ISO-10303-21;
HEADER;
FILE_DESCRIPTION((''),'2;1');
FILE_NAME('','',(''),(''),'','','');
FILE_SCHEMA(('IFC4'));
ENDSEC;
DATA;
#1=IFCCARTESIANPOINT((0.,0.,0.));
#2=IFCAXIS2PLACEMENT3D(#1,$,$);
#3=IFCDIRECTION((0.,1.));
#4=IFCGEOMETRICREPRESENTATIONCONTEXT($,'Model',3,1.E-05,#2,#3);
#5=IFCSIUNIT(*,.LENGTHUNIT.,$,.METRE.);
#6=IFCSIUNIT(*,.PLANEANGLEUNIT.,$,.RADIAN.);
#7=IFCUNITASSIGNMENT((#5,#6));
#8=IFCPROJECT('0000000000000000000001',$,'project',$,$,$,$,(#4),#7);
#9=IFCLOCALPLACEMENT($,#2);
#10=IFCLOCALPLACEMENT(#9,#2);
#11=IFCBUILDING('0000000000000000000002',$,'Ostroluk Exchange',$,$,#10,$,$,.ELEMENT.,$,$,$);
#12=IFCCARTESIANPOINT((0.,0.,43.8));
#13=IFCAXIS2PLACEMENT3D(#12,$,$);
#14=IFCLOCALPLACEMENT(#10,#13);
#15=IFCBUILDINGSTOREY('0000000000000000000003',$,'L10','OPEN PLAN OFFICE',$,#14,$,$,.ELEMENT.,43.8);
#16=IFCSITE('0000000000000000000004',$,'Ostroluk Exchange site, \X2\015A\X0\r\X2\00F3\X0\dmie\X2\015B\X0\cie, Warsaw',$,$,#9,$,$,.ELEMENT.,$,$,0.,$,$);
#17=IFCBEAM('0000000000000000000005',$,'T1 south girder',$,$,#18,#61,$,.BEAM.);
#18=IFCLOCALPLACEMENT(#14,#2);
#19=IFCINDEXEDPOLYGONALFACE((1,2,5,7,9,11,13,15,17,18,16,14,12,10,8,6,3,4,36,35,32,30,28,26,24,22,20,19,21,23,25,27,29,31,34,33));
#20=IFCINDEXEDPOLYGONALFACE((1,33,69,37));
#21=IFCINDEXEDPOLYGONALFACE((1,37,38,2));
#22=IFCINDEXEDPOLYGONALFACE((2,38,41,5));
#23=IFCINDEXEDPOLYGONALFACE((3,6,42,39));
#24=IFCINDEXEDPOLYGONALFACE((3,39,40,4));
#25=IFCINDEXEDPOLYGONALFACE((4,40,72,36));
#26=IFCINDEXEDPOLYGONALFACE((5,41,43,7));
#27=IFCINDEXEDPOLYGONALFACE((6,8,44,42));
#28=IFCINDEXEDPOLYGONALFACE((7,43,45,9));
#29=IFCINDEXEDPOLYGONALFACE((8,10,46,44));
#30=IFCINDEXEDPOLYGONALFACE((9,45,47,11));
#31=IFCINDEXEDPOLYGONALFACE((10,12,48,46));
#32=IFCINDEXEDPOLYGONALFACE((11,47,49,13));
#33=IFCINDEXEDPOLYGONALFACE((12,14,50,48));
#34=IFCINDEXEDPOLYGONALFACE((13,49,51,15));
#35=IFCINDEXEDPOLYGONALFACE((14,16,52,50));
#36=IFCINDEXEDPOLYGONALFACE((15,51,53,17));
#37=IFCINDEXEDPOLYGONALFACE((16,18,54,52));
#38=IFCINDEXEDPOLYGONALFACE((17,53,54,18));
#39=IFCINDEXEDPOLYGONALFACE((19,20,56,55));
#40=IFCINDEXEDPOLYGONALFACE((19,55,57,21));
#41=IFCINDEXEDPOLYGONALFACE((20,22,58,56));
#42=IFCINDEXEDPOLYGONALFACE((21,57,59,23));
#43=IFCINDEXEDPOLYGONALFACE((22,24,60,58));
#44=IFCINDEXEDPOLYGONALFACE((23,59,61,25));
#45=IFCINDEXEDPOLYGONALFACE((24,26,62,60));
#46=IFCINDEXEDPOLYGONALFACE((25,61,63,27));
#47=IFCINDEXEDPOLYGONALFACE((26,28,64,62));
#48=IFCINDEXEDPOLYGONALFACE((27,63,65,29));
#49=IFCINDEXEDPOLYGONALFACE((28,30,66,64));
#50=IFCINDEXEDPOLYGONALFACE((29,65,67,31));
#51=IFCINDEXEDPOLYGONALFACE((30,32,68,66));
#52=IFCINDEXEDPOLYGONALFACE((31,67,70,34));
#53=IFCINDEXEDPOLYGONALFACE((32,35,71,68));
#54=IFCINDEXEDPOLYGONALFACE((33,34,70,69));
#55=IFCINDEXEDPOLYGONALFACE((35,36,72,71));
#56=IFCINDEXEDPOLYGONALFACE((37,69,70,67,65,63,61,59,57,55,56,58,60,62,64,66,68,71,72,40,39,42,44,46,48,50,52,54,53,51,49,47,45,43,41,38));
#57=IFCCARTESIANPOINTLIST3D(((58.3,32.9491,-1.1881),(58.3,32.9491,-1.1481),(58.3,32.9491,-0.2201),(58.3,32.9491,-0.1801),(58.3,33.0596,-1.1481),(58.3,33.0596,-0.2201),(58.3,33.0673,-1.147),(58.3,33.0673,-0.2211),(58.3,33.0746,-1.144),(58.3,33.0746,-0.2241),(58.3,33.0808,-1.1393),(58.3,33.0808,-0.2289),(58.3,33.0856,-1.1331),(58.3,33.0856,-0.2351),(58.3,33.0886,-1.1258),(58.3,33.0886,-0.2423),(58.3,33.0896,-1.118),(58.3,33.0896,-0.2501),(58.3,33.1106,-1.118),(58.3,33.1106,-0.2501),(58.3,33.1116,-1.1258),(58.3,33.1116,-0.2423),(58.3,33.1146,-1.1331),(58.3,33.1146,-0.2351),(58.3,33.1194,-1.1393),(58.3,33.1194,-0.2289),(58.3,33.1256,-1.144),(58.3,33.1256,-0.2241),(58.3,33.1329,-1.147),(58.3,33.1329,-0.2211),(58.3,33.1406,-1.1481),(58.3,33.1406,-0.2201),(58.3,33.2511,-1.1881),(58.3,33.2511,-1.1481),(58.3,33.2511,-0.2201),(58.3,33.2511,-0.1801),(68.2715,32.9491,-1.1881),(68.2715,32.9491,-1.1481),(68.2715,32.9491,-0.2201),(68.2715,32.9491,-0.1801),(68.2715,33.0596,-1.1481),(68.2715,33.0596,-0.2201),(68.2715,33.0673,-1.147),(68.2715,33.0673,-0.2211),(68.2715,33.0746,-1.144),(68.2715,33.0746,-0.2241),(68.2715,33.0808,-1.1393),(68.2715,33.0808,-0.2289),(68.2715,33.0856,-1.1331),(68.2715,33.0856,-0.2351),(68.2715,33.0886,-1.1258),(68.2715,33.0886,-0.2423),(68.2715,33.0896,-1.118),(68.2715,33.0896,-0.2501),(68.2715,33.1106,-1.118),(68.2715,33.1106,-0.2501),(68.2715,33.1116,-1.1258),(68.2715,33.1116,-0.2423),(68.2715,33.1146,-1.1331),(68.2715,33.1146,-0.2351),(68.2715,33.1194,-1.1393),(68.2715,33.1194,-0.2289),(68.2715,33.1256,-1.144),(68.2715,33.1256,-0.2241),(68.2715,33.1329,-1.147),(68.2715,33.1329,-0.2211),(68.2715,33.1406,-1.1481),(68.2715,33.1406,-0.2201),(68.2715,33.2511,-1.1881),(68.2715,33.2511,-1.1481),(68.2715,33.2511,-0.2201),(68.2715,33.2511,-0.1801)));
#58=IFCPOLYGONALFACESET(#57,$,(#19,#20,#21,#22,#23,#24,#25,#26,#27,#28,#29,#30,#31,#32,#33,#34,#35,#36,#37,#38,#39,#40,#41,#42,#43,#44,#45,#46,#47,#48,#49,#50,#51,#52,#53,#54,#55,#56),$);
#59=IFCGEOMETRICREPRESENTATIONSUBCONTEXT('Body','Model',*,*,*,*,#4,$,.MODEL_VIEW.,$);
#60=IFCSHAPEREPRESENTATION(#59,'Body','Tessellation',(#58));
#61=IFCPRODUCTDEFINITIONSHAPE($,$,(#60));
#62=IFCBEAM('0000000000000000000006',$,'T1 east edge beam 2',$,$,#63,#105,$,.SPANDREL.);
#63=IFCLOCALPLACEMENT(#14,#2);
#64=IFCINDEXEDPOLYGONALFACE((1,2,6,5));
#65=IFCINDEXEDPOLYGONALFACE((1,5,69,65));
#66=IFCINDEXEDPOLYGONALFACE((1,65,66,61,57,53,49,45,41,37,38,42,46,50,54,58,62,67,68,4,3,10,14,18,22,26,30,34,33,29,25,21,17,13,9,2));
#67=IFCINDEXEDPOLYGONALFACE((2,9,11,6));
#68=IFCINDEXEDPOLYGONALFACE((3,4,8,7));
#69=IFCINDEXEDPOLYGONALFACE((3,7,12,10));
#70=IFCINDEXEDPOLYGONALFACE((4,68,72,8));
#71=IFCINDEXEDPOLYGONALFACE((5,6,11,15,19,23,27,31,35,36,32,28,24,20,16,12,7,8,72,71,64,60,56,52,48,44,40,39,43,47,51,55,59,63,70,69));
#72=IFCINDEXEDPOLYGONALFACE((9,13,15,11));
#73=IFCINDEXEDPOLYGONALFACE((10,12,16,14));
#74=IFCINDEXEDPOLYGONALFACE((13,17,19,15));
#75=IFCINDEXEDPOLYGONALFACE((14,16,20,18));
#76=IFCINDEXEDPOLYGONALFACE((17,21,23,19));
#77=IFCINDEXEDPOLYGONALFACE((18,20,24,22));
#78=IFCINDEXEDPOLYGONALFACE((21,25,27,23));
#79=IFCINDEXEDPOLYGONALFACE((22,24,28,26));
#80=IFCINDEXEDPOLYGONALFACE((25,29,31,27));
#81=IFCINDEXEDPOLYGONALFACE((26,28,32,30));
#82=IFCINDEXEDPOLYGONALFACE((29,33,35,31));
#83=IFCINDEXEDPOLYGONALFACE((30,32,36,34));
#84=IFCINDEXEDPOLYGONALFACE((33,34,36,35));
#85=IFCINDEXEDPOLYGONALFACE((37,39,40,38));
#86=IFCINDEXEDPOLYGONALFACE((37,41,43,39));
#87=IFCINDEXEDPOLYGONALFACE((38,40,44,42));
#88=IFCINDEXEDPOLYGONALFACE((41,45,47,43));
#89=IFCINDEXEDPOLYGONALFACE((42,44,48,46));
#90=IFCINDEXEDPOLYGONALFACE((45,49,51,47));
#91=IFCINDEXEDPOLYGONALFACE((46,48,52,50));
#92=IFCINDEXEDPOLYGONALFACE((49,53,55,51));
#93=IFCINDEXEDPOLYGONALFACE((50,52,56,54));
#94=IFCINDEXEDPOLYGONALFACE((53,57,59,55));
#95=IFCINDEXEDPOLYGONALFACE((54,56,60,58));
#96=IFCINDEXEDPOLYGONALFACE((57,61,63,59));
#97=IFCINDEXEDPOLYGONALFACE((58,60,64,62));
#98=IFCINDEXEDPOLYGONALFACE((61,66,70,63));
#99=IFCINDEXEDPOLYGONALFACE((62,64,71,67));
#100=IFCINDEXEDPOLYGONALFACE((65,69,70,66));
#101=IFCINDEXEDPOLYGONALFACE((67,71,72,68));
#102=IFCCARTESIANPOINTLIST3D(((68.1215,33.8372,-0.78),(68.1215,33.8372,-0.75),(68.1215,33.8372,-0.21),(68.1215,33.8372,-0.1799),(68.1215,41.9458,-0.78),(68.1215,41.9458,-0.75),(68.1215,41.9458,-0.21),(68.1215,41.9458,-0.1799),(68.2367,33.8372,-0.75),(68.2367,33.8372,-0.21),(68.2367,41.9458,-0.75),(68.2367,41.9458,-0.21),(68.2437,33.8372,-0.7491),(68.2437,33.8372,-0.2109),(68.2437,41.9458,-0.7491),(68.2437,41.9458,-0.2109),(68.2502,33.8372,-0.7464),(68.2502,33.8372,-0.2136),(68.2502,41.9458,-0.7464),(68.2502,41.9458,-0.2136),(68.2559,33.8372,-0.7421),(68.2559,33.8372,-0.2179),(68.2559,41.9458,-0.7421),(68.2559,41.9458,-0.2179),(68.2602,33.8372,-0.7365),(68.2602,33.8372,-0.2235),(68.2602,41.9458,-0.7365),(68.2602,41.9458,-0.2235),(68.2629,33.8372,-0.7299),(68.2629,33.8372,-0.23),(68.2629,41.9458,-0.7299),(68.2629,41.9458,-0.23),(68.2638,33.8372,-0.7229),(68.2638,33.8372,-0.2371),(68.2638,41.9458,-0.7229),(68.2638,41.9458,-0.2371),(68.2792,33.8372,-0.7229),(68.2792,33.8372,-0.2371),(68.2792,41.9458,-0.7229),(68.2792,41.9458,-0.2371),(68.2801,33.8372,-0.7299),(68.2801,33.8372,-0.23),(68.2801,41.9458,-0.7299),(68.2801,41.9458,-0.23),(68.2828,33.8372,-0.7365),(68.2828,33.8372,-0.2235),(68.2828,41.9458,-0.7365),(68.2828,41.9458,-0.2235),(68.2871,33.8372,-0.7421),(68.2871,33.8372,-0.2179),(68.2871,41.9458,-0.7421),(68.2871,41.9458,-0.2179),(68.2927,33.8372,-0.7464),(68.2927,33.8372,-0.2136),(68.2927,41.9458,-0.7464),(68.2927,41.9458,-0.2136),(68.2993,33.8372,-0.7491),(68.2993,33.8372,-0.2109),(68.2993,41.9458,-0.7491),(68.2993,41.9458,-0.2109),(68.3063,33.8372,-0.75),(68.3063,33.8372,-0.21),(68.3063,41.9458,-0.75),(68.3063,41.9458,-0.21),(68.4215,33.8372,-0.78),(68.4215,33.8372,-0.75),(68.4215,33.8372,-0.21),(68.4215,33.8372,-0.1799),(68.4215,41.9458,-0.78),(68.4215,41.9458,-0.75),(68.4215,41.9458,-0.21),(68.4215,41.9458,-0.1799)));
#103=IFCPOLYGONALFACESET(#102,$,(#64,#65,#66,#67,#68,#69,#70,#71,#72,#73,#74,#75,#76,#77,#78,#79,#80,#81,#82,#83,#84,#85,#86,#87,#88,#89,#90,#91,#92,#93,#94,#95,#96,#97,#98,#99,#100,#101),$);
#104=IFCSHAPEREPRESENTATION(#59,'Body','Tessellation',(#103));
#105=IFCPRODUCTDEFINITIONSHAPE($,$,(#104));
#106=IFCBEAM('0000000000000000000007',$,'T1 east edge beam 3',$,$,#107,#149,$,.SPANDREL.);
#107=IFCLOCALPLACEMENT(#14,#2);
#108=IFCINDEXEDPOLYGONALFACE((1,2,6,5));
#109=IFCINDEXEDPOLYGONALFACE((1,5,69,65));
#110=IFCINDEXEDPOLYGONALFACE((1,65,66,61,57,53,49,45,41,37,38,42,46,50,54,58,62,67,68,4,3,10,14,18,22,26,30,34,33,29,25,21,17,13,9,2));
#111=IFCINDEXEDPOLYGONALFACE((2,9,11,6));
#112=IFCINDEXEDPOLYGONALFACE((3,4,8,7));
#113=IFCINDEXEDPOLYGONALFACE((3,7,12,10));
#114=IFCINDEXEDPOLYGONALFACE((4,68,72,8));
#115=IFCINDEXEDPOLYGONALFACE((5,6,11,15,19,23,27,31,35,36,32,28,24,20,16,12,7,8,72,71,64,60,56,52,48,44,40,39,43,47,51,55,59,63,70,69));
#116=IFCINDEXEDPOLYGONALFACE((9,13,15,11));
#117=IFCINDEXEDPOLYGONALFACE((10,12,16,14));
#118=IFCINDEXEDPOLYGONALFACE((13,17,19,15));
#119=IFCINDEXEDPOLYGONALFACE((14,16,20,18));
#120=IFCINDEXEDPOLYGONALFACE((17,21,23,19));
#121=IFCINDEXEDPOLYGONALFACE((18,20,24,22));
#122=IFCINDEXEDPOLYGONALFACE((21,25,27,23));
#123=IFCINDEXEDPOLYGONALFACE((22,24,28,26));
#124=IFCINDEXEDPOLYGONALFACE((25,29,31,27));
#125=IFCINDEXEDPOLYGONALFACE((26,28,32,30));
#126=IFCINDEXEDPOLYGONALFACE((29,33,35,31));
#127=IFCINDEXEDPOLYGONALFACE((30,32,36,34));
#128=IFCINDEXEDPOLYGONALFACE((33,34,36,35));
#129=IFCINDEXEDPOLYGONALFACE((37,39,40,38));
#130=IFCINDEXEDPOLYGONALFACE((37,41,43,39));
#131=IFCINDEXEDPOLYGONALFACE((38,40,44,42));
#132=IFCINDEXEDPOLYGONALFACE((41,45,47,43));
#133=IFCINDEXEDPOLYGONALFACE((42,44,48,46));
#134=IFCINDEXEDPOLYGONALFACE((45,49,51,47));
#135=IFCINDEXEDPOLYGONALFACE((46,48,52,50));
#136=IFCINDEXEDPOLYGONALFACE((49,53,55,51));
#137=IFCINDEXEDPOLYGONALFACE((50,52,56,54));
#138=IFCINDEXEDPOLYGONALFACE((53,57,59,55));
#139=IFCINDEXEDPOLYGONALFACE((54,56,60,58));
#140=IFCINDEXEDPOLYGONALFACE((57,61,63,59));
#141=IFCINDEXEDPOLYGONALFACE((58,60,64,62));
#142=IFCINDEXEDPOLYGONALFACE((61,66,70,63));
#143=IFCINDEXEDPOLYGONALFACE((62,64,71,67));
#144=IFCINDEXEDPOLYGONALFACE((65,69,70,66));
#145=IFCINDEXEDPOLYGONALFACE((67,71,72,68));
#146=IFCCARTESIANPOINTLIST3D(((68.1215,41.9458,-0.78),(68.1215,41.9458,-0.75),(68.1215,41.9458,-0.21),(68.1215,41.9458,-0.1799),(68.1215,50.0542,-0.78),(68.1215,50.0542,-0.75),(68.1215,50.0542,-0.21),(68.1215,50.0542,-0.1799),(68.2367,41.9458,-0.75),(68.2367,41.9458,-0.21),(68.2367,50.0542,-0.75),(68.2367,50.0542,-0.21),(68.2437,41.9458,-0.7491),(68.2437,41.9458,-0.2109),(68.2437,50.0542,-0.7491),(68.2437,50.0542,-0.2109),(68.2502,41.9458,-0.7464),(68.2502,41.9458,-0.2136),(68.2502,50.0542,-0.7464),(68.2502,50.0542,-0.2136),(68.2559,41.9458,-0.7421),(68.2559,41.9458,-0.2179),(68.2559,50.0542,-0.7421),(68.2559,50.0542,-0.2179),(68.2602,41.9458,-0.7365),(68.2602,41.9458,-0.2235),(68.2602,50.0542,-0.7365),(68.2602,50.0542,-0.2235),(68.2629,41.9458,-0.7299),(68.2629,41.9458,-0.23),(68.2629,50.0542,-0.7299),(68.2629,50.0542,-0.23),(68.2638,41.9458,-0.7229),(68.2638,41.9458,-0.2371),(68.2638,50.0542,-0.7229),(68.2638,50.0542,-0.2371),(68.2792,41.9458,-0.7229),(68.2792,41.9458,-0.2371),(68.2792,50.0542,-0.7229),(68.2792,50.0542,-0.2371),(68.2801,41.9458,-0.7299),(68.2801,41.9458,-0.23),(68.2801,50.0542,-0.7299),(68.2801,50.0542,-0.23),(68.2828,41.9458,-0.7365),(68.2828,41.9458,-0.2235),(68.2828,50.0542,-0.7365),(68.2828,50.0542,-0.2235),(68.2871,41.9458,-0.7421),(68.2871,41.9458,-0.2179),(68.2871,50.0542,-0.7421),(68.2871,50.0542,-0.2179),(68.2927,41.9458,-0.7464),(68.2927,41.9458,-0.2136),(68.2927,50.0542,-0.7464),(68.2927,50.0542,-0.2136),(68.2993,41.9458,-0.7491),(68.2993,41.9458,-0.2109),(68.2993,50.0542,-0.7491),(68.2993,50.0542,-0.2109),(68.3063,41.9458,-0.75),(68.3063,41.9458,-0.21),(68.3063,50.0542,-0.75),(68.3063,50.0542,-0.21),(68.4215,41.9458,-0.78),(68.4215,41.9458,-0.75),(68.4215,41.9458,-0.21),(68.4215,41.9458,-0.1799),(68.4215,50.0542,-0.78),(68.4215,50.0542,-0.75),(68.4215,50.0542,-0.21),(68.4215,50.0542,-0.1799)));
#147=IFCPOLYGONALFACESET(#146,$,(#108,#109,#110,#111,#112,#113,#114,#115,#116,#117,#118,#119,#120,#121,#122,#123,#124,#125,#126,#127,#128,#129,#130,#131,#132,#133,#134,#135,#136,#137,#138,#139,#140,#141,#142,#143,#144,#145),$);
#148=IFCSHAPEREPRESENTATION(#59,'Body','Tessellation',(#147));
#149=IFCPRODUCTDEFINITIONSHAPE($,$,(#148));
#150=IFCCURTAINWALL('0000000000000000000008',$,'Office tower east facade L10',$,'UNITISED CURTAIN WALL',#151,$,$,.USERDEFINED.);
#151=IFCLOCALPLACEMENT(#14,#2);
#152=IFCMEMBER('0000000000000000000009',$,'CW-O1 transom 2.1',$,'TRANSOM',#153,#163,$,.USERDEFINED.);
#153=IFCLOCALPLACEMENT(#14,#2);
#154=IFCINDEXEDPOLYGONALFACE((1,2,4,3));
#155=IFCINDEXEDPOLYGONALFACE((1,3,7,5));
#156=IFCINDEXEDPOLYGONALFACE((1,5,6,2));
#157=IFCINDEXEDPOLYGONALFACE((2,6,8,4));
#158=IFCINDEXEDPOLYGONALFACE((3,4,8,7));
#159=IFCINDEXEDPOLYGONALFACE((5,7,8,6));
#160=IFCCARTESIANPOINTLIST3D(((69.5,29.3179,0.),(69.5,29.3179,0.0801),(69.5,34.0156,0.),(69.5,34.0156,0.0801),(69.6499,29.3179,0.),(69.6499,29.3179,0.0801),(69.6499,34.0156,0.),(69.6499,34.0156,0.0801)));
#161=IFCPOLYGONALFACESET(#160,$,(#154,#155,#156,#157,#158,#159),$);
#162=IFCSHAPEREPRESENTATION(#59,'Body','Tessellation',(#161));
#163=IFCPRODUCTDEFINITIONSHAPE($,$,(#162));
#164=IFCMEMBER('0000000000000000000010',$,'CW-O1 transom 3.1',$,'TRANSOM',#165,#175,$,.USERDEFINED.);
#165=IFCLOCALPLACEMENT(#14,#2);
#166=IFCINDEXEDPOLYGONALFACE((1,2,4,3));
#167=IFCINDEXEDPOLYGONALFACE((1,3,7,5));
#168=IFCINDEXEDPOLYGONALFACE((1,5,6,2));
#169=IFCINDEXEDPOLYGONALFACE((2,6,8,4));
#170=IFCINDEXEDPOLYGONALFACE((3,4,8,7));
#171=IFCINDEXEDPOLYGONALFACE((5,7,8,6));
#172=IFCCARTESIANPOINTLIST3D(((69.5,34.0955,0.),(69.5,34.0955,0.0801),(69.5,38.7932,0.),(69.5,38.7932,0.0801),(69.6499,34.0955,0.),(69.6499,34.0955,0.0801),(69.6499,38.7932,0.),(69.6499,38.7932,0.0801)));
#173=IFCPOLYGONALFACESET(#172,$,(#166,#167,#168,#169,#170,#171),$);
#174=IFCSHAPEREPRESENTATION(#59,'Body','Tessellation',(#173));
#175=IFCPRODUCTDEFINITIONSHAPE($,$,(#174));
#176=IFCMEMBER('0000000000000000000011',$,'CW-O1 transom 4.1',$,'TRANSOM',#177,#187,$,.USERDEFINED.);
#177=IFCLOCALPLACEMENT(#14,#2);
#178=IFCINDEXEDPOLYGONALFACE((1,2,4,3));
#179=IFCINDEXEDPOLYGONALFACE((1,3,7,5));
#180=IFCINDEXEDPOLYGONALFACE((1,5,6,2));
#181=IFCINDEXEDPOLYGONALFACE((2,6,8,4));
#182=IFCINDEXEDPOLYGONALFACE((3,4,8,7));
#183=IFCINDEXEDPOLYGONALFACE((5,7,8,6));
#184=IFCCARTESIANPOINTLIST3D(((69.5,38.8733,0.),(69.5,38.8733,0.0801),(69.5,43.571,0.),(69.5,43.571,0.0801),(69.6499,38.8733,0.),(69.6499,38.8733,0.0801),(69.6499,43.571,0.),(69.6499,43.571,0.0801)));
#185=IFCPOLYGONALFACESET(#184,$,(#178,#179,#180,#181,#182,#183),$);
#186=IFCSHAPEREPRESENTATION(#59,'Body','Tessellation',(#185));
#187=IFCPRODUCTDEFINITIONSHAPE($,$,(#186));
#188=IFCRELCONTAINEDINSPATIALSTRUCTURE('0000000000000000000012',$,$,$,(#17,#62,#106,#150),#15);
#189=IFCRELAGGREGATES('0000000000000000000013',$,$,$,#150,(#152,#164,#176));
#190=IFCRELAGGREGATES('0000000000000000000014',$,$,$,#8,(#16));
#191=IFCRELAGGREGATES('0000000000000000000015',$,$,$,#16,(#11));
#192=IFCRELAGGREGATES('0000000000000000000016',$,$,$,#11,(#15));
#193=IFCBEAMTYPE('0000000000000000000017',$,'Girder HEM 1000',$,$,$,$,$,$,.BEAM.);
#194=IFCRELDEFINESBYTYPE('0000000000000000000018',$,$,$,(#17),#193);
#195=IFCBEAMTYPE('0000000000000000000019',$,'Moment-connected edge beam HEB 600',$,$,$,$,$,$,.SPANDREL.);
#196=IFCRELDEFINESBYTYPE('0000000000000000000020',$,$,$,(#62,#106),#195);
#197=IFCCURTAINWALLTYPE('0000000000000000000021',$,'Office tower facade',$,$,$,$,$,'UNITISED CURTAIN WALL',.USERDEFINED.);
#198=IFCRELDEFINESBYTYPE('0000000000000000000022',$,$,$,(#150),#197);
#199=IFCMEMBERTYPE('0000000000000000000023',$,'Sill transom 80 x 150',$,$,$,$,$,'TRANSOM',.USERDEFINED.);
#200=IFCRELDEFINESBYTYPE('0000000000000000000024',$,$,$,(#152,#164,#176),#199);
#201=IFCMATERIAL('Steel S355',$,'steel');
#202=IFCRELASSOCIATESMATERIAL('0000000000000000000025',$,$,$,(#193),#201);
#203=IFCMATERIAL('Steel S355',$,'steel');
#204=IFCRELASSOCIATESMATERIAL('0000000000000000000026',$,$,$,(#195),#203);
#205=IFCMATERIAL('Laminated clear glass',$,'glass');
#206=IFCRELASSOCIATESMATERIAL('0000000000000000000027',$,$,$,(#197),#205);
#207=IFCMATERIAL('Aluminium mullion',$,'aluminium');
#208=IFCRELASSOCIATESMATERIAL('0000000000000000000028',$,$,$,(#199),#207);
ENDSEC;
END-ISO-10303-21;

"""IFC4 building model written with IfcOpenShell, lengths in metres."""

from ifc_helpers import new_model, si_unit, direction, frame, origin, origin_2d, place, context, subcontext, project, spatial, rectangle, i_section, extrude, material, material_profile, profile_set, type_object, element, aggregate, save


model = new_model("IFC4")

# Units and contexts
model_context = context("Model", 3, precision=1e-05, world=origin(), true_north=direction((0.0, 1.0)))
body_context = subcontext(model_context, "Body", "Model", "MODEL_VIEW")
ifc_project = project(units=[si_unit("LENGTHUNIT", "METRE"), si_unit("PLANEANGLEUNIT", "RADIAN")], contexts=[model_context])

# Site, building, storey
site_placement = place(None, origin())
site = spatial("IfcSite", under=ifc_project, at=site_placement, Name="Ostroluk Exchange site, Śródmieście, Warsaw", CompositionType="ELEMENT", RefElevation=0.0)
building_placement = place(site_placement, origin())
building = spatial("IfcBuilding", under=site, at=building_placement, Name="Ostroluk Exchange", CompositionType="ELEMENT")
storey_placement = place(building_placement, frame((0.0, 0.0, 43.8)))
storey = spatial("IfcBuildingStorey", under=building, at=storey_placement, Name="L10", Description="OPEN PLAN OFFICE", CompositionType="ELEMENT", Elevation=43.8)

# Beams
ifc_material_1 = material(Name="Steel S355", Category="steel")
ifc_material_profile_1 = material_profile(ifc_material_1, i_section(OverallWidth=0.302, OverallDepth=1.0081, WebThickness=0.021, FlangeThickness=0.04, FilletRadius=0.03, at=origin_2d()), Name="HEM 1000")
ifc_profile_set_1 = profile_set([ifc_material_profile_1], Name="Steel S355")
beam_type_1 = type_object("IfcBeamType", Name="Girder HEM 1000", PredefinedType="BEAM", material=ifc_profile_set_1)
beam_1_placement = place(storey_placement, frame((58.3, 33.1001, -0.6841), z_axis=(1.0, 0.0, 0.0), x_axis=(0.0, 1.0, 0.0)))
element("IfcBeam", 1, at=beam_1_placement, inside=storey, type_object=beam_type_1, Name="T1 south girder", PredefinedType="BEAM", context=body_context, shape_type="SweptSolid", body=[
    extrude(i_section(OverallWidth=0.302, OverallDepth=1.0081, WebThickness=0.021, FlangeThickness=0.04, FilletRadius=0.03, at=origin_2d()), origin(), (0.0, 0.0, 1.0), 9.9714),
])
ifc_material_2 = material(Name="Steel S355", Category="steel")
ifc_material_profile_2 = material_profile(ifc_material_2, i_section(OverallWidth=0.3, OverallDepth=0.6001, WebThickness=0.0154, FlangeThickness=0.03, FilletRadius=0.0271, at=origin_2d()), Name="HEB 600")
ifc_profile_set_2 = profile_set([ifc_material_profile_2], Name="Steel S355")
beam_type_2 = type_object("IfcBeamType", Name="Moment-connected edge beam HEB 600", PredefinedType="SPANDREL", material=ifc_profile_set_2)
beam_2_placement = place(storey_placement, frame((68.2715, 33.8372, -0.48), z_axis=(0.0, 1.0, 0.0), x_axis=(-1.0, 0.0, 0.0)))
element("IfcBeam", 2, at=beam_2_placement, inside=storey, type_object=beam_type_2, Name="T1 east edge beam 2", PredefinedType="SPANDREL", context=body_context, shape_type="SweptSolid", body=[
    extrude(i_section(OverallWidth=0.3, OverallDepth=0.6001, WebThickness=0.0154, FlangeThickness=0.03, FilletRadius=0.0271, at=origin_2d()), origin(), (0.0, 0.0, 1.0), 8.1086),
])
beam_3_placement = place(storey_placement, frame((68.2715, 41.9458, -0.48), z_axis=(0.0, 1.0, 0.0), x_axis=(-1.0, 0.0, 0.0)))
element("IfcBeam", 3, at=beam_3_placement, inside=storey, type_object=beam_type_2, Name="T1 east edge beam 3", PredefinedType="SPANDREL", context=body_context, shape_type="SweptSolid", body=[
    extrude(i_section(OverallWidth=0.3, OverallDepth=0.6001, WebThickness=0.0154, FlangeThickness=0.03, FilletRadius=0.0271, at=origin_2d()), origin(), (0.0, 0.0, 1.0), 8.1084),
])

# Curtain wall, members
ifc_material_3 = material(Name="Laminated clear glass", Category="glass")
curtain_wall_type = type_object("IfcCurtainWallType", Name="Office tower facade", ElementType="UNITISED CURTAIN WALL", PredefinedType="USERDEFINED", material=ifc_material_3)
curtain_wall_placement = place(storey_placement, origin())
curtain_wall = element("IfcCurtainWall", 4, at=curtain_wall_placement, inside=storey, type_object=curtain_wall_type, Name="Office tower east facade L10", ObjectType="UNITISED CURTAIN WALL", PredefinedType="USERDEFINED")
ifc_material_4 = material(Name="Aluminium mullion", Category="aluminium")
ifc_material_profile_3 = material_profile(ifc_material_4, rectangle(XDim=0.1499, YDim=0.0801, at=origin_2d()), Name="Sill transom 80 x 150")
ifc_profile_set_3 = profile_set([ifc_material_profile_3], Name="Aluminium mullion")
member_type = type_object("IfcMemberType", Name="Sill transom 80 x 150", ElementType="TRANSOM", PredefinedType="USERDEFINED", material=ifc_profile_set_3)
member_1_placement = place(storey_placement, frame((69.575, 29.3179, 0.04), z_axis=(0.0, 1.0, 0.0), x_axis=(-1.0, 0.0, 0.0)))
member_1 = element("IfcMember", 5, at=member_1_placement, type_object=member_type, Name="CW-O1 transom 2.1", ObjectType="TRANSOM", PredefinedType="USERDEFINED", context=body_context, shape_type="SweptSolid", body=[
    extrude(rectangle(XDim=0.1499, YDim=0.0801, at=origin_2d()), origin(), (0.0, 0.0, 1.0), 4.6978),
])
member_2_placement = place(storey_placement, frame((69.575, 34.0955, 0.04), z_axis=(0.0, 1.0, 0.0), x_axis=(-1.0, 0.0, 0.0)))
member_2 = element("IfcMember", 6, at=member_2_placement, type_object=member_type, Name="CW-O1 transom 3.1", ObjectType="TRANSOM", PredefinedType="USERDEFINED", context=body_context, shape_type="SweptSolid", body=[
    extrude(rectangle(XDim=0.1499, YDim=0.0801, at=origin_2d()), origin(), (0.0, 0.0, 1.0), 4.6978),
])
member_3_placement = place(storey_placement, frame((69.575, 38.8733, 0.04), z_axis=(0.0, 1.0, 0.0), x_axis=(-1.0, 0.0, 0.0)))
member_3 = element("IfcMember", 7, at=member_3_placement, type_object=member_type, Name="CW-O1 transom 4.1", ObjectType="TRANSOM", PredefinedType="USERDEFINED", context=body_context, shape_type="SweptSolid", body=[
    extrude(rectangle(XDim=0.1499, YDim=0.0801, at=origin_2d()), origin(), (0.0, 0.0, 1.0), 4.6978),
])
aggregate(curtain_wall, [member_1, member_2, member_3])

save(model, "model.ifc")
